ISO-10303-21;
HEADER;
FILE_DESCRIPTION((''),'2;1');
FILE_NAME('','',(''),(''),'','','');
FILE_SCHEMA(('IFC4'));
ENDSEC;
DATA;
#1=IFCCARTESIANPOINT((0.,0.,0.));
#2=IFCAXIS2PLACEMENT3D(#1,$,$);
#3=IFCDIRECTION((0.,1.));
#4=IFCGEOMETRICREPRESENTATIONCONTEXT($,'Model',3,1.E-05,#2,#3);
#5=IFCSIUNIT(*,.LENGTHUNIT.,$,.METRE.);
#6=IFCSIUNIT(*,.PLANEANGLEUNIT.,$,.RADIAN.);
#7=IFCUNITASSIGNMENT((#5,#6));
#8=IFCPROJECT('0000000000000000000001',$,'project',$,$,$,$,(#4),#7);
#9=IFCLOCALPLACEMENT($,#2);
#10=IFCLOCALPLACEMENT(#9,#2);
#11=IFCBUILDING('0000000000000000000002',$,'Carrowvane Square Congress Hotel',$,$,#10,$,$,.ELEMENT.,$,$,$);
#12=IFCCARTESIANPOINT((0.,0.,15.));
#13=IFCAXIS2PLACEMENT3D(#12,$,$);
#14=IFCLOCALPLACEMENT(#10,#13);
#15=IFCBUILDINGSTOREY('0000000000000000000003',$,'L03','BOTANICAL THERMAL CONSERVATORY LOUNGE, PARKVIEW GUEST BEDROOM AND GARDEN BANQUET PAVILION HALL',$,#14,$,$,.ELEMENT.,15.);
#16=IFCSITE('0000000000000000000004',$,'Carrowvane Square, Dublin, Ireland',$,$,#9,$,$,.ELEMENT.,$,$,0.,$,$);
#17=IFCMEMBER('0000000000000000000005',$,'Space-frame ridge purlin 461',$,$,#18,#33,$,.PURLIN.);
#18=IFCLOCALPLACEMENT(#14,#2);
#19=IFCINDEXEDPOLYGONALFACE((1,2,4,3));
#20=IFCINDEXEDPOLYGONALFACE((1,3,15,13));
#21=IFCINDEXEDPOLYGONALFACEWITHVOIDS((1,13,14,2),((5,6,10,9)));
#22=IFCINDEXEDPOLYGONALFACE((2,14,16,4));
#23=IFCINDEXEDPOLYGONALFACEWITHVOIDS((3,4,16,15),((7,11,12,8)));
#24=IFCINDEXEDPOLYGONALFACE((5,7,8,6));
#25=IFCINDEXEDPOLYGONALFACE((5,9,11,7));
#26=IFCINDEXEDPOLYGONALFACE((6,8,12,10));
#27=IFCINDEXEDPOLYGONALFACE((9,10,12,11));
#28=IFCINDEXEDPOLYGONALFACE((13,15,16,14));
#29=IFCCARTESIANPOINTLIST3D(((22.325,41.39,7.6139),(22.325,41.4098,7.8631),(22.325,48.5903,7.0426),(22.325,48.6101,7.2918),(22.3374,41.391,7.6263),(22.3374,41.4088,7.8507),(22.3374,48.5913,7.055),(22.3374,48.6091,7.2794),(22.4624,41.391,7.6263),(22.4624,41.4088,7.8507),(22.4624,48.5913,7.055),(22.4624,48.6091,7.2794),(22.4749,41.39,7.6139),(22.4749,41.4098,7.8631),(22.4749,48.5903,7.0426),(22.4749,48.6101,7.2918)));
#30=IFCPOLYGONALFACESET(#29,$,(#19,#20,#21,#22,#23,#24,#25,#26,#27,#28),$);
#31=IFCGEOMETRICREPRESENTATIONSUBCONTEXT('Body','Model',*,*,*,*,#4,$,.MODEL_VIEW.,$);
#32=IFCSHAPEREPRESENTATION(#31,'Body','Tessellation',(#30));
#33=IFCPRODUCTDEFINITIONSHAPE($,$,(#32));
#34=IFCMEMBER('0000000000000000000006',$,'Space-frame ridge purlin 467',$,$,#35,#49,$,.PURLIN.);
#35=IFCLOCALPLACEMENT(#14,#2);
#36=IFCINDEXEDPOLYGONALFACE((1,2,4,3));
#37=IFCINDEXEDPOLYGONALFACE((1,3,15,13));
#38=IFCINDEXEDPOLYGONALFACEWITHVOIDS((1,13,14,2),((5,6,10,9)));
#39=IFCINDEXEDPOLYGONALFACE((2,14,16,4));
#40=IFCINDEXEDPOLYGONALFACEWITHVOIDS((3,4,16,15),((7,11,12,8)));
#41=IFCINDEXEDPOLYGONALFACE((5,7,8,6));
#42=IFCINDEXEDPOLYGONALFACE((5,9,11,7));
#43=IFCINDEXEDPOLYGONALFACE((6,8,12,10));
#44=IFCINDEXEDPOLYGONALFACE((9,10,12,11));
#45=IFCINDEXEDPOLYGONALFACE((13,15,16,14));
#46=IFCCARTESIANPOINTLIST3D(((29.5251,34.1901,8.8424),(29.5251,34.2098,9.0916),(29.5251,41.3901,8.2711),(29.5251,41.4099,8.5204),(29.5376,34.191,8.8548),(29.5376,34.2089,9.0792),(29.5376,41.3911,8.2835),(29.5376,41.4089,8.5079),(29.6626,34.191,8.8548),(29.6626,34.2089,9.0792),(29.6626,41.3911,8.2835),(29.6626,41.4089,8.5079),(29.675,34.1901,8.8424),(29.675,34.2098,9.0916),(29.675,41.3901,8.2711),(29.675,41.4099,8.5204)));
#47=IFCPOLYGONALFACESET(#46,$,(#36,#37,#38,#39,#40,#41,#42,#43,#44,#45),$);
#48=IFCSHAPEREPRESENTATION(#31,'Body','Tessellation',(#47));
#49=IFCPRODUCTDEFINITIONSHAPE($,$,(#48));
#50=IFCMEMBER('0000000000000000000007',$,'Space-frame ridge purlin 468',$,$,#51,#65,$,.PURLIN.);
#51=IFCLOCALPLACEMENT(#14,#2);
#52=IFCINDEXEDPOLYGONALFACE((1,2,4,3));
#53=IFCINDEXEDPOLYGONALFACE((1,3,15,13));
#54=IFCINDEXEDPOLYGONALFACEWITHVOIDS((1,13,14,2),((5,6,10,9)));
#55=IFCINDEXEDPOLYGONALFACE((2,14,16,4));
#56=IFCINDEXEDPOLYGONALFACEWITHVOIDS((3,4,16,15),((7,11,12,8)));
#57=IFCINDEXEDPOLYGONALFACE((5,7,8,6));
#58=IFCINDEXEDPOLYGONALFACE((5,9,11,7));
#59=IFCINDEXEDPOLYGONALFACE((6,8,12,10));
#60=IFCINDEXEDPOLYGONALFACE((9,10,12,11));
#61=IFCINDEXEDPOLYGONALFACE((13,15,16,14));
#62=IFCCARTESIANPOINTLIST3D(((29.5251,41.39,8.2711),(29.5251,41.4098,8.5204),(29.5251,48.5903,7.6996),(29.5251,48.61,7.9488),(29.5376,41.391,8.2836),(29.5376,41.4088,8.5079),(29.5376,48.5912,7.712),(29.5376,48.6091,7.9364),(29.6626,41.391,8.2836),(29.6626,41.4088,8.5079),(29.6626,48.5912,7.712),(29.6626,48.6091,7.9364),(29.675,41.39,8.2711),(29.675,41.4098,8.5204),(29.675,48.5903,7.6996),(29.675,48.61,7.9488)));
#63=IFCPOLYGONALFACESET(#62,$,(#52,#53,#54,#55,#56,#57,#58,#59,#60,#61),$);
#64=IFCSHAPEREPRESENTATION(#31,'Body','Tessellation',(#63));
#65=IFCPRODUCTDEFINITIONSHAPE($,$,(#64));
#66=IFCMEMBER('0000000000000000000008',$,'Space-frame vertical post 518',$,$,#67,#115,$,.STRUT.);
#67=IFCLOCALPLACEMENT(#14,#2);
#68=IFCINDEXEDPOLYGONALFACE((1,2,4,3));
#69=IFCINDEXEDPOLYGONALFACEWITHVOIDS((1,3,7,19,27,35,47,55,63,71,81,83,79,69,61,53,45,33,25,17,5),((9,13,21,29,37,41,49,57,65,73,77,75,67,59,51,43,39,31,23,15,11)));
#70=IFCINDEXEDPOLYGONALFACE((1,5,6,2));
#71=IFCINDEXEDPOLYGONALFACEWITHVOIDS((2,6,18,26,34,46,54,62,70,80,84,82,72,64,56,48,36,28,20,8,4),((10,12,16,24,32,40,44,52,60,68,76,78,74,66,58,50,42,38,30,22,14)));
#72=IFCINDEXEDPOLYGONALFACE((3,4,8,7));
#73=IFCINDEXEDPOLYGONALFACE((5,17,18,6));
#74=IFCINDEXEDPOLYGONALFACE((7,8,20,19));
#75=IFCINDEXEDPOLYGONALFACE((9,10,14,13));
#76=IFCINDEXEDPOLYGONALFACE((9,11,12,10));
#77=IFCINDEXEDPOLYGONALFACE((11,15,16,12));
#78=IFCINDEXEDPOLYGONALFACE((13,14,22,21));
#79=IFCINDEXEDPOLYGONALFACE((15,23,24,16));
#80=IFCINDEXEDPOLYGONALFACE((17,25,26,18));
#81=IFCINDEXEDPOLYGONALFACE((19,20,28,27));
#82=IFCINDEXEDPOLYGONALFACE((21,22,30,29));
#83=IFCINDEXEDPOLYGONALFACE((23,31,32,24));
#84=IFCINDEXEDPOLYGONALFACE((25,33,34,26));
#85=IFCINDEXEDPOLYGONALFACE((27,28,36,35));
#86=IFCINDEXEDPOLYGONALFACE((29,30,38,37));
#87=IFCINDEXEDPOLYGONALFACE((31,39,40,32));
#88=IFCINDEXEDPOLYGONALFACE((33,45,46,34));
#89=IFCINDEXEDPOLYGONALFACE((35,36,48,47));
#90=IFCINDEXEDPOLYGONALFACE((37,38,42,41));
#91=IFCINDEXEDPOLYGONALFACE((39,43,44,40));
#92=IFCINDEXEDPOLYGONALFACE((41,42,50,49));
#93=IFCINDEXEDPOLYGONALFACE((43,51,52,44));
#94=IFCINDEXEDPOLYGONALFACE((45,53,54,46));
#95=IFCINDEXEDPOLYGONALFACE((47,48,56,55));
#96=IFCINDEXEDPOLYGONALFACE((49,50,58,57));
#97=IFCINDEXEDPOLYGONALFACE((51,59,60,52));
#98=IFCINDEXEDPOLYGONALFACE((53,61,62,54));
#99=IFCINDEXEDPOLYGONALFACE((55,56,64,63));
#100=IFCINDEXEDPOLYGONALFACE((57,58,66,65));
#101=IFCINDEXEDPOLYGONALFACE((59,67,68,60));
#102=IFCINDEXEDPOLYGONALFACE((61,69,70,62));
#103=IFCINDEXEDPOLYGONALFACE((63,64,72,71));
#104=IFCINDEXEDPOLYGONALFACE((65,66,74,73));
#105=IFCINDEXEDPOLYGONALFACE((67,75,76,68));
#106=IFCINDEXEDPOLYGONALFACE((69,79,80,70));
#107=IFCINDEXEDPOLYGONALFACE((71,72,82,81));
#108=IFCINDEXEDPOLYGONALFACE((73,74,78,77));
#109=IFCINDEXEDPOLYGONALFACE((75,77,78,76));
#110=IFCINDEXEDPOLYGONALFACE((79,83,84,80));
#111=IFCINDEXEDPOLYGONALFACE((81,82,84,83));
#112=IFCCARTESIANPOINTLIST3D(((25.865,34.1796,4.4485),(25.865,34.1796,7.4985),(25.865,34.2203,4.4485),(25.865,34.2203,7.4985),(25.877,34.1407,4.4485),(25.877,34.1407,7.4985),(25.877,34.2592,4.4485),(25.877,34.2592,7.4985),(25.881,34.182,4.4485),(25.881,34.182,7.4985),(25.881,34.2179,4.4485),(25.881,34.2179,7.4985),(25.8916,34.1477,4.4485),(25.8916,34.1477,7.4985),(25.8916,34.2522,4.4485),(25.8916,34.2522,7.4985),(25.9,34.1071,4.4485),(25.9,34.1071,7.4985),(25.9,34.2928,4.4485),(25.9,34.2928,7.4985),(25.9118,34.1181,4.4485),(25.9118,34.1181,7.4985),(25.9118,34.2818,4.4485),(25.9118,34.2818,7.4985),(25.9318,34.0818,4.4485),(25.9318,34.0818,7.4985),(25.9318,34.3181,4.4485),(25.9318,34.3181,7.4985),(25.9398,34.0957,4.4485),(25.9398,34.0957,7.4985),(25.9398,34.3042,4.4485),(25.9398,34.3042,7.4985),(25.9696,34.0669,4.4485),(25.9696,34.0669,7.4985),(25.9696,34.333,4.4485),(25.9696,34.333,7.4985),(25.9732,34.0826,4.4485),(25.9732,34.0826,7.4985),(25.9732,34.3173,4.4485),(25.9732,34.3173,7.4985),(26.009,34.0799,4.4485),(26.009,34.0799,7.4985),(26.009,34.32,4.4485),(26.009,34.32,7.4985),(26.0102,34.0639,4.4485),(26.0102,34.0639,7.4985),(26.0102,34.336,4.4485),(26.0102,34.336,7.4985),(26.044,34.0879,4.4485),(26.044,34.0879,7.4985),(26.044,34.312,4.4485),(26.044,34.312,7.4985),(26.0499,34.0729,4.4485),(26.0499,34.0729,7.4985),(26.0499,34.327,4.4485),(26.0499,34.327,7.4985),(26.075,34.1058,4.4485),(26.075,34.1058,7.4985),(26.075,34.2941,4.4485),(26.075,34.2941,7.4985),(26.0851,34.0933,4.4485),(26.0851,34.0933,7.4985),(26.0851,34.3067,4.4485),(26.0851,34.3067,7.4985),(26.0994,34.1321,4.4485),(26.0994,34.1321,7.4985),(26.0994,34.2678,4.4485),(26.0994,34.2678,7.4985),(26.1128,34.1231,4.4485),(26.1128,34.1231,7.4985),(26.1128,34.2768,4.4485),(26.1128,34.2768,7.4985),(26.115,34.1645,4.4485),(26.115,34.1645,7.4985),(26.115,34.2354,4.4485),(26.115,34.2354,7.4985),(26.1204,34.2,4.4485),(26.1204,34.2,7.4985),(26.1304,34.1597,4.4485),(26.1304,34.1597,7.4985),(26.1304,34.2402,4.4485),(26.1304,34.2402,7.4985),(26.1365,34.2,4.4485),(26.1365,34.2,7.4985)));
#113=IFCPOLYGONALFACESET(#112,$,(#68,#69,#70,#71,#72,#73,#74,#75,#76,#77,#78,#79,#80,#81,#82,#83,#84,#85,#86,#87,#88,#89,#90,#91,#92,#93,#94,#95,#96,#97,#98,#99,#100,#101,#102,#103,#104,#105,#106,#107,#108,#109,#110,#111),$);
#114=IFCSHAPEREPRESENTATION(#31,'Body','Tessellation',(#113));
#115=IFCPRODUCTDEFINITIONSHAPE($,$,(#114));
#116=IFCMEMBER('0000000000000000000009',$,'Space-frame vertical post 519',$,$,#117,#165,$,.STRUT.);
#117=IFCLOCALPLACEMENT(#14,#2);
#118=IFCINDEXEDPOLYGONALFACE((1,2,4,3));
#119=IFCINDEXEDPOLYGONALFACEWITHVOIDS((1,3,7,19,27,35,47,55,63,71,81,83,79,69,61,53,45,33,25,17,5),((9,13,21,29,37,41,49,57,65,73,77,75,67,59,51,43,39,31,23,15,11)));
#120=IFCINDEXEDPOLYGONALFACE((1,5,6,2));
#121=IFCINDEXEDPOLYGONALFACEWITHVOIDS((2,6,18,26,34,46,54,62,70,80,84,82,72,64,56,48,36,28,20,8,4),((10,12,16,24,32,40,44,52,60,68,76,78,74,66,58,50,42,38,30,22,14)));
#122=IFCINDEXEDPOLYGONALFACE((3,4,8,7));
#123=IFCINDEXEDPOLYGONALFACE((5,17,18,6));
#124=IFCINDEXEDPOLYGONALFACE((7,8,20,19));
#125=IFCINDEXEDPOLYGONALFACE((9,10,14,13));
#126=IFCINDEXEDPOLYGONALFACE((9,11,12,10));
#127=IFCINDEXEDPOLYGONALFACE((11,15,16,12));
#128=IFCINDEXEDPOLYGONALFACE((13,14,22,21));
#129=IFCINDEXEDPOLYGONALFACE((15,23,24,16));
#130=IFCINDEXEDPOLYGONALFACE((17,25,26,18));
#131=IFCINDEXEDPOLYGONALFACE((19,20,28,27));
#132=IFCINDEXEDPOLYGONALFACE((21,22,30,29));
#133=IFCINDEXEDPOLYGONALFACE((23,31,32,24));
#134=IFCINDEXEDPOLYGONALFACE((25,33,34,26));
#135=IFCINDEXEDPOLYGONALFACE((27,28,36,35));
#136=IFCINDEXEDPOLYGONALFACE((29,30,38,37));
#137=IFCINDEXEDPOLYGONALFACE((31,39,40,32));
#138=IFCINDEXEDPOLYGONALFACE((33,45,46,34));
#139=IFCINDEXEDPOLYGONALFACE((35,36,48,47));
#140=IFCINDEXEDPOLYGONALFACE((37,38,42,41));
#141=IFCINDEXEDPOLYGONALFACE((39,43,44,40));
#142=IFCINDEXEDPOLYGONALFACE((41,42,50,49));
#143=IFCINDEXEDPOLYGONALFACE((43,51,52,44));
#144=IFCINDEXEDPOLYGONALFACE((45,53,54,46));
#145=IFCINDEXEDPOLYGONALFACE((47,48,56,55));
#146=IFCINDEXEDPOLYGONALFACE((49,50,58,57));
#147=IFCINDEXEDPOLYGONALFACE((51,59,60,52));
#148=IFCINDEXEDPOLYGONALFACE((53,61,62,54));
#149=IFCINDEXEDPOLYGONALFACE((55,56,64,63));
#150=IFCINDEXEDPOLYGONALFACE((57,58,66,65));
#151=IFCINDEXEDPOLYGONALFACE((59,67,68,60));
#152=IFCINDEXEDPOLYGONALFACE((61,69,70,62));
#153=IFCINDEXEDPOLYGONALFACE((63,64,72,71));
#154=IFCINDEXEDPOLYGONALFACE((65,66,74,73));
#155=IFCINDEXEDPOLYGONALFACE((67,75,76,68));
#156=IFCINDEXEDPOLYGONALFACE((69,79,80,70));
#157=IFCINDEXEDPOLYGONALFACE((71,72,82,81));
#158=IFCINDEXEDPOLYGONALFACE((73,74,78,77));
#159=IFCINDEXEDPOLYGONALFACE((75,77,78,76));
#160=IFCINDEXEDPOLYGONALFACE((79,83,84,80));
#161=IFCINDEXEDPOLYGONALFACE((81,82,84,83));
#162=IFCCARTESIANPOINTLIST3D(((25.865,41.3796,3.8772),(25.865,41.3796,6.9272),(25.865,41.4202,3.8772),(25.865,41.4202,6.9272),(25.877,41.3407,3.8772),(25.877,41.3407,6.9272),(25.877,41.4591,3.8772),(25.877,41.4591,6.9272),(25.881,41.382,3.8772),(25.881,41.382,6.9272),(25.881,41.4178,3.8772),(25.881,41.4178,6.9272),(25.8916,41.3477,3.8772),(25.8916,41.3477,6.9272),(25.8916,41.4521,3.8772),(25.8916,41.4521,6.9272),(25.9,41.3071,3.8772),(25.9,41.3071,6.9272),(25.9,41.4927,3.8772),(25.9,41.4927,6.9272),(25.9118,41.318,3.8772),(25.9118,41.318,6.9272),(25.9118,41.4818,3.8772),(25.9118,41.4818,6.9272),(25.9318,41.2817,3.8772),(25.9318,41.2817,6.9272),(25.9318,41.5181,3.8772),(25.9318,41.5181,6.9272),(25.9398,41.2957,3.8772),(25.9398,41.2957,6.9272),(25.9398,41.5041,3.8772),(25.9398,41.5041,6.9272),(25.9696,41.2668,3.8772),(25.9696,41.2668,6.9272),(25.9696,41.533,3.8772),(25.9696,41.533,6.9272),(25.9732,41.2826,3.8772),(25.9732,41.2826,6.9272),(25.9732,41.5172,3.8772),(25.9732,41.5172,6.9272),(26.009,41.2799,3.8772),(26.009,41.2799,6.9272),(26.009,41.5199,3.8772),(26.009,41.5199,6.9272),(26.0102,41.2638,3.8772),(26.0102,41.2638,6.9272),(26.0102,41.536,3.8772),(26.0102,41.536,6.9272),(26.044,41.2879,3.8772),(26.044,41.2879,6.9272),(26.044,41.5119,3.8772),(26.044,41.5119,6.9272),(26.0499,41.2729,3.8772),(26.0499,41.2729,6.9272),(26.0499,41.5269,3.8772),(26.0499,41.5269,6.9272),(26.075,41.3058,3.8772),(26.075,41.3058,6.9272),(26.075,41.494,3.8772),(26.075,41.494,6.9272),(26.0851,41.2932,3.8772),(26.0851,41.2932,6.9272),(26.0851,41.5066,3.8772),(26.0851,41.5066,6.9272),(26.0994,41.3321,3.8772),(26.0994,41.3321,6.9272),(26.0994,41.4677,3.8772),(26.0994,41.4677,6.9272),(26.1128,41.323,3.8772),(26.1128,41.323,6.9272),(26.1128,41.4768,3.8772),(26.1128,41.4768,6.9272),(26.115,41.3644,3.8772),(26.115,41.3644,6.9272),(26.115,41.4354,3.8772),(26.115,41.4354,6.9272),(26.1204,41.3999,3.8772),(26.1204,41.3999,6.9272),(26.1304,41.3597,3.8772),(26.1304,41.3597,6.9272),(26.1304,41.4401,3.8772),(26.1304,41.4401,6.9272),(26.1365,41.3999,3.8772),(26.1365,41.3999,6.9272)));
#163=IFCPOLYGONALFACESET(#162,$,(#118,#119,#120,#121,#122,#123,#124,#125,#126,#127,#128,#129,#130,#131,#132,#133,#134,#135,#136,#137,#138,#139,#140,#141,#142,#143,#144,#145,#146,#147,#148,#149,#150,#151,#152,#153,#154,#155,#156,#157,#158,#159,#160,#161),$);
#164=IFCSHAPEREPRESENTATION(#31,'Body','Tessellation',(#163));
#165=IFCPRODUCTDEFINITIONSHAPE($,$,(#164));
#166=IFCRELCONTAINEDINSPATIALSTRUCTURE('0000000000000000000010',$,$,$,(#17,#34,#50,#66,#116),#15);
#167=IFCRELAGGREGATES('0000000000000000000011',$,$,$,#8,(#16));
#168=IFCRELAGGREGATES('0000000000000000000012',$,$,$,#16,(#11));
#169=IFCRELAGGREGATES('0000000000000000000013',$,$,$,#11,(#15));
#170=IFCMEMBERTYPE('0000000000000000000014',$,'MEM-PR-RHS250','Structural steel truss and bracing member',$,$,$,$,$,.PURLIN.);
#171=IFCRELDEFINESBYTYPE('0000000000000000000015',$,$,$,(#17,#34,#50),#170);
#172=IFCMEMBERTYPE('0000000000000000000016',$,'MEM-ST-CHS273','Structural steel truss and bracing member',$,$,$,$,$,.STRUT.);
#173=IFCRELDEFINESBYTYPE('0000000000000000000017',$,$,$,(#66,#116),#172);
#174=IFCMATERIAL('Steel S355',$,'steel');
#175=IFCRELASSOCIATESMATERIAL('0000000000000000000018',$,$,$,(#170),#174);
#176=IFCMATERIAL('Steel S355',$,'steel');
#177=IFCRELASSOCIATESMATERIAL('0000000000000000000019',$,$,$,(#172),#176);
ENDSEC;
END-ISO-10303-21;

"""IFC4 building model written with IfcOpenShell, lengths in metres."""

from ifc_helpers import new_model, si_unit, direction, frame, origin, origin_2d, place, context, subcontext, project, spatial, hollow_rectangle, hollow_circle, extrude, material, material_profile, profile_set, type_object, element, save


model = new_model("IFC4")

# Units and contexts
model_context = context("Model", 3, precision=1e-05, world=origin(), true_north=direction((0.0, 1.0)))
body_context = subcontext(model_context, "Body", "Model", "MODEL_VIEW")
ifc_project = project(units=[si_unit("LENGTHUNIT", "METRE"), si_unit("PLANEANGLEUNIT", "RADIAN")], contexts=[model_context])

# Site, building, storey
site_placement = place(None, origin())
site = spatial("IfcSite", under=ifc_project, at=site_placement, Name="Carrowvane Square, Dublin, Ireland", CompositionType="ELEMENT", RefElevation=0.0)
building_placement = place(site_placement, origin())
building = spatial("IfcBuilding", under=site, at=building_placement, Name="Carrowvane Square Congress Hotel", CompositionType="ELEMENT")
storey_placement = place(building_placement, frame((0.0, 0.0, 15.0)))
storey = spatial("IfcBuildingStorey", under=building, at=storey_placement, Name="L03", Description="BOTANICAL THERMAL CONSERVATORY LOUNGE, PARKVIEW GUEST BEDROOM AND GARDEN BANQUET PAVILION HALL", CompositionType="ELEMENT", Elevation=15.0)

# Members
ifc_material_1 = material(Name="Steel S355", Category="steel")
ifc_material_profile_1 = material_profile(ifc_material_1, hollow_rectangle(XDim=0.1499, YDim=0.25, WallThickness=0.0125, at=origin_2d()), Name="RHS 250x150x12.5")
ifc_profile_set_1 = profile_set([ifc_material_profile_1], Name="Steel S355")
member_type_1 = type_object("IfcMemberType", Name="MEM-PR-RHS250", Description="Structural steel truss and bracing member", PredefinedType="PURLIN", material=ifc_profile_set_1)
member_1_placement = place(storey_placement, frame((22.3999, 41.3999, 7.7385), z_axis=(0.0, 0.996867, -0.079095), x_axis=(-1.0, 0.0, 0.0)))
element("IfcMember", 1, at=member_1_placement, inside=storey, type_object=member_type_1, Name="Space-frame ridge purlin 461", PredefinedType="PURLIN", context=body_context, shape_type="SweptSolid", body=[
    extrude(hollow_rectangle(XDim=0.1499, YDim=0.25, WallThickness=0.0125, at=origin_2d()), origin(), (0.0, 0.0, 1.0), 7.2229),
])
member_2_placement = place(storey_placement, frame((29.6001, 34.2, 8.967), z_axis=(0.0, 0.996867, -0.079098), x_axis=(-1.0, 0.0, 0.0)))
element("IfcMember", 2, at=member_2_placement, inside=storey, type_object=member_type_1, Name="Space-frame ridge purlin 467", PredefinedType="PURLIN", context=body_context, shape_type="SweptSolid", body=[
    extrude(hollow_rectangle(XDim=0.1499, YDim=0.25, WallThickness=0.0125, at=origin_2d()), origin(), (0.0, 0.0, 1.0), 7.2227),
])
member_3_placement = place(storey_placement, frame((29.6001, 41.3999, 8.3958), z_axis=(0.0, 0.996864, -0.079129), x_axis=(-1.0, 0.0, 0.0)))
element("IfcMember", 3, at=member_3_placement, inside=storey, type_object=member_type_1, Name="Space-frame ridge purlin 468", PredefinedType="PURLIN", context=body_context, shape_type="SweptSolid", body=[
    extrude(hollow_rectangle(XDim=0.1499, YDim=0.25, WallThickness=0.0125, at=origin_2d()), origin(), (0.0, 0.0, 1.0), 7.2229),
])
ifc_material_2 = material(Name="Steel S355", Category="steel")
ifc_material_profile_2 = material_profile(ifc_material_2, hollow_circle(Radius=0.1365, WallThickness=0.0161, at=origin_2d()), Name="CHS 273.0x16")
ifc_profile_set_2 = profile_set([ifc_material_profile_2], Name="Steel S355")
member_type_2 = type_object("IfcMemberType", Name="MEM-ST-CHS273", Description="Structural steel truss and bracing member", PredefinedType="STRUT", material=ifc_profile_set_2)
for number, where, z_axis, x_axis, name in (
    (4, (26.0, 34.2, 4.4485), (0.0, 0.0, 1.0), (1.0, 0.0, 0.0), "Space-frame vertical post 518"),
    (5, (26.0, 41.3999, 3.8772), (0.0, 0.0, 1.0), (1.0, 0.0, 0.0), "Space-frame vertical post 519"),
):
    element("IfcMember", number, at=place(storey_placement, frame(where, z_axis=z_axis, x_axis=x_axis)), inside=storey, type_object=member_type_2, Name=name, PredefinedType="STRUT", context=body_context, shape_type="SweptSolid", body=[
        extrude(hollow_circle(Radius=0.1365, WallThickness=0.0161, at=origin_2d()), origin(), (0.0, 0.0, 1.0), 3.05),
    ])

save(model, "model.ifc")
